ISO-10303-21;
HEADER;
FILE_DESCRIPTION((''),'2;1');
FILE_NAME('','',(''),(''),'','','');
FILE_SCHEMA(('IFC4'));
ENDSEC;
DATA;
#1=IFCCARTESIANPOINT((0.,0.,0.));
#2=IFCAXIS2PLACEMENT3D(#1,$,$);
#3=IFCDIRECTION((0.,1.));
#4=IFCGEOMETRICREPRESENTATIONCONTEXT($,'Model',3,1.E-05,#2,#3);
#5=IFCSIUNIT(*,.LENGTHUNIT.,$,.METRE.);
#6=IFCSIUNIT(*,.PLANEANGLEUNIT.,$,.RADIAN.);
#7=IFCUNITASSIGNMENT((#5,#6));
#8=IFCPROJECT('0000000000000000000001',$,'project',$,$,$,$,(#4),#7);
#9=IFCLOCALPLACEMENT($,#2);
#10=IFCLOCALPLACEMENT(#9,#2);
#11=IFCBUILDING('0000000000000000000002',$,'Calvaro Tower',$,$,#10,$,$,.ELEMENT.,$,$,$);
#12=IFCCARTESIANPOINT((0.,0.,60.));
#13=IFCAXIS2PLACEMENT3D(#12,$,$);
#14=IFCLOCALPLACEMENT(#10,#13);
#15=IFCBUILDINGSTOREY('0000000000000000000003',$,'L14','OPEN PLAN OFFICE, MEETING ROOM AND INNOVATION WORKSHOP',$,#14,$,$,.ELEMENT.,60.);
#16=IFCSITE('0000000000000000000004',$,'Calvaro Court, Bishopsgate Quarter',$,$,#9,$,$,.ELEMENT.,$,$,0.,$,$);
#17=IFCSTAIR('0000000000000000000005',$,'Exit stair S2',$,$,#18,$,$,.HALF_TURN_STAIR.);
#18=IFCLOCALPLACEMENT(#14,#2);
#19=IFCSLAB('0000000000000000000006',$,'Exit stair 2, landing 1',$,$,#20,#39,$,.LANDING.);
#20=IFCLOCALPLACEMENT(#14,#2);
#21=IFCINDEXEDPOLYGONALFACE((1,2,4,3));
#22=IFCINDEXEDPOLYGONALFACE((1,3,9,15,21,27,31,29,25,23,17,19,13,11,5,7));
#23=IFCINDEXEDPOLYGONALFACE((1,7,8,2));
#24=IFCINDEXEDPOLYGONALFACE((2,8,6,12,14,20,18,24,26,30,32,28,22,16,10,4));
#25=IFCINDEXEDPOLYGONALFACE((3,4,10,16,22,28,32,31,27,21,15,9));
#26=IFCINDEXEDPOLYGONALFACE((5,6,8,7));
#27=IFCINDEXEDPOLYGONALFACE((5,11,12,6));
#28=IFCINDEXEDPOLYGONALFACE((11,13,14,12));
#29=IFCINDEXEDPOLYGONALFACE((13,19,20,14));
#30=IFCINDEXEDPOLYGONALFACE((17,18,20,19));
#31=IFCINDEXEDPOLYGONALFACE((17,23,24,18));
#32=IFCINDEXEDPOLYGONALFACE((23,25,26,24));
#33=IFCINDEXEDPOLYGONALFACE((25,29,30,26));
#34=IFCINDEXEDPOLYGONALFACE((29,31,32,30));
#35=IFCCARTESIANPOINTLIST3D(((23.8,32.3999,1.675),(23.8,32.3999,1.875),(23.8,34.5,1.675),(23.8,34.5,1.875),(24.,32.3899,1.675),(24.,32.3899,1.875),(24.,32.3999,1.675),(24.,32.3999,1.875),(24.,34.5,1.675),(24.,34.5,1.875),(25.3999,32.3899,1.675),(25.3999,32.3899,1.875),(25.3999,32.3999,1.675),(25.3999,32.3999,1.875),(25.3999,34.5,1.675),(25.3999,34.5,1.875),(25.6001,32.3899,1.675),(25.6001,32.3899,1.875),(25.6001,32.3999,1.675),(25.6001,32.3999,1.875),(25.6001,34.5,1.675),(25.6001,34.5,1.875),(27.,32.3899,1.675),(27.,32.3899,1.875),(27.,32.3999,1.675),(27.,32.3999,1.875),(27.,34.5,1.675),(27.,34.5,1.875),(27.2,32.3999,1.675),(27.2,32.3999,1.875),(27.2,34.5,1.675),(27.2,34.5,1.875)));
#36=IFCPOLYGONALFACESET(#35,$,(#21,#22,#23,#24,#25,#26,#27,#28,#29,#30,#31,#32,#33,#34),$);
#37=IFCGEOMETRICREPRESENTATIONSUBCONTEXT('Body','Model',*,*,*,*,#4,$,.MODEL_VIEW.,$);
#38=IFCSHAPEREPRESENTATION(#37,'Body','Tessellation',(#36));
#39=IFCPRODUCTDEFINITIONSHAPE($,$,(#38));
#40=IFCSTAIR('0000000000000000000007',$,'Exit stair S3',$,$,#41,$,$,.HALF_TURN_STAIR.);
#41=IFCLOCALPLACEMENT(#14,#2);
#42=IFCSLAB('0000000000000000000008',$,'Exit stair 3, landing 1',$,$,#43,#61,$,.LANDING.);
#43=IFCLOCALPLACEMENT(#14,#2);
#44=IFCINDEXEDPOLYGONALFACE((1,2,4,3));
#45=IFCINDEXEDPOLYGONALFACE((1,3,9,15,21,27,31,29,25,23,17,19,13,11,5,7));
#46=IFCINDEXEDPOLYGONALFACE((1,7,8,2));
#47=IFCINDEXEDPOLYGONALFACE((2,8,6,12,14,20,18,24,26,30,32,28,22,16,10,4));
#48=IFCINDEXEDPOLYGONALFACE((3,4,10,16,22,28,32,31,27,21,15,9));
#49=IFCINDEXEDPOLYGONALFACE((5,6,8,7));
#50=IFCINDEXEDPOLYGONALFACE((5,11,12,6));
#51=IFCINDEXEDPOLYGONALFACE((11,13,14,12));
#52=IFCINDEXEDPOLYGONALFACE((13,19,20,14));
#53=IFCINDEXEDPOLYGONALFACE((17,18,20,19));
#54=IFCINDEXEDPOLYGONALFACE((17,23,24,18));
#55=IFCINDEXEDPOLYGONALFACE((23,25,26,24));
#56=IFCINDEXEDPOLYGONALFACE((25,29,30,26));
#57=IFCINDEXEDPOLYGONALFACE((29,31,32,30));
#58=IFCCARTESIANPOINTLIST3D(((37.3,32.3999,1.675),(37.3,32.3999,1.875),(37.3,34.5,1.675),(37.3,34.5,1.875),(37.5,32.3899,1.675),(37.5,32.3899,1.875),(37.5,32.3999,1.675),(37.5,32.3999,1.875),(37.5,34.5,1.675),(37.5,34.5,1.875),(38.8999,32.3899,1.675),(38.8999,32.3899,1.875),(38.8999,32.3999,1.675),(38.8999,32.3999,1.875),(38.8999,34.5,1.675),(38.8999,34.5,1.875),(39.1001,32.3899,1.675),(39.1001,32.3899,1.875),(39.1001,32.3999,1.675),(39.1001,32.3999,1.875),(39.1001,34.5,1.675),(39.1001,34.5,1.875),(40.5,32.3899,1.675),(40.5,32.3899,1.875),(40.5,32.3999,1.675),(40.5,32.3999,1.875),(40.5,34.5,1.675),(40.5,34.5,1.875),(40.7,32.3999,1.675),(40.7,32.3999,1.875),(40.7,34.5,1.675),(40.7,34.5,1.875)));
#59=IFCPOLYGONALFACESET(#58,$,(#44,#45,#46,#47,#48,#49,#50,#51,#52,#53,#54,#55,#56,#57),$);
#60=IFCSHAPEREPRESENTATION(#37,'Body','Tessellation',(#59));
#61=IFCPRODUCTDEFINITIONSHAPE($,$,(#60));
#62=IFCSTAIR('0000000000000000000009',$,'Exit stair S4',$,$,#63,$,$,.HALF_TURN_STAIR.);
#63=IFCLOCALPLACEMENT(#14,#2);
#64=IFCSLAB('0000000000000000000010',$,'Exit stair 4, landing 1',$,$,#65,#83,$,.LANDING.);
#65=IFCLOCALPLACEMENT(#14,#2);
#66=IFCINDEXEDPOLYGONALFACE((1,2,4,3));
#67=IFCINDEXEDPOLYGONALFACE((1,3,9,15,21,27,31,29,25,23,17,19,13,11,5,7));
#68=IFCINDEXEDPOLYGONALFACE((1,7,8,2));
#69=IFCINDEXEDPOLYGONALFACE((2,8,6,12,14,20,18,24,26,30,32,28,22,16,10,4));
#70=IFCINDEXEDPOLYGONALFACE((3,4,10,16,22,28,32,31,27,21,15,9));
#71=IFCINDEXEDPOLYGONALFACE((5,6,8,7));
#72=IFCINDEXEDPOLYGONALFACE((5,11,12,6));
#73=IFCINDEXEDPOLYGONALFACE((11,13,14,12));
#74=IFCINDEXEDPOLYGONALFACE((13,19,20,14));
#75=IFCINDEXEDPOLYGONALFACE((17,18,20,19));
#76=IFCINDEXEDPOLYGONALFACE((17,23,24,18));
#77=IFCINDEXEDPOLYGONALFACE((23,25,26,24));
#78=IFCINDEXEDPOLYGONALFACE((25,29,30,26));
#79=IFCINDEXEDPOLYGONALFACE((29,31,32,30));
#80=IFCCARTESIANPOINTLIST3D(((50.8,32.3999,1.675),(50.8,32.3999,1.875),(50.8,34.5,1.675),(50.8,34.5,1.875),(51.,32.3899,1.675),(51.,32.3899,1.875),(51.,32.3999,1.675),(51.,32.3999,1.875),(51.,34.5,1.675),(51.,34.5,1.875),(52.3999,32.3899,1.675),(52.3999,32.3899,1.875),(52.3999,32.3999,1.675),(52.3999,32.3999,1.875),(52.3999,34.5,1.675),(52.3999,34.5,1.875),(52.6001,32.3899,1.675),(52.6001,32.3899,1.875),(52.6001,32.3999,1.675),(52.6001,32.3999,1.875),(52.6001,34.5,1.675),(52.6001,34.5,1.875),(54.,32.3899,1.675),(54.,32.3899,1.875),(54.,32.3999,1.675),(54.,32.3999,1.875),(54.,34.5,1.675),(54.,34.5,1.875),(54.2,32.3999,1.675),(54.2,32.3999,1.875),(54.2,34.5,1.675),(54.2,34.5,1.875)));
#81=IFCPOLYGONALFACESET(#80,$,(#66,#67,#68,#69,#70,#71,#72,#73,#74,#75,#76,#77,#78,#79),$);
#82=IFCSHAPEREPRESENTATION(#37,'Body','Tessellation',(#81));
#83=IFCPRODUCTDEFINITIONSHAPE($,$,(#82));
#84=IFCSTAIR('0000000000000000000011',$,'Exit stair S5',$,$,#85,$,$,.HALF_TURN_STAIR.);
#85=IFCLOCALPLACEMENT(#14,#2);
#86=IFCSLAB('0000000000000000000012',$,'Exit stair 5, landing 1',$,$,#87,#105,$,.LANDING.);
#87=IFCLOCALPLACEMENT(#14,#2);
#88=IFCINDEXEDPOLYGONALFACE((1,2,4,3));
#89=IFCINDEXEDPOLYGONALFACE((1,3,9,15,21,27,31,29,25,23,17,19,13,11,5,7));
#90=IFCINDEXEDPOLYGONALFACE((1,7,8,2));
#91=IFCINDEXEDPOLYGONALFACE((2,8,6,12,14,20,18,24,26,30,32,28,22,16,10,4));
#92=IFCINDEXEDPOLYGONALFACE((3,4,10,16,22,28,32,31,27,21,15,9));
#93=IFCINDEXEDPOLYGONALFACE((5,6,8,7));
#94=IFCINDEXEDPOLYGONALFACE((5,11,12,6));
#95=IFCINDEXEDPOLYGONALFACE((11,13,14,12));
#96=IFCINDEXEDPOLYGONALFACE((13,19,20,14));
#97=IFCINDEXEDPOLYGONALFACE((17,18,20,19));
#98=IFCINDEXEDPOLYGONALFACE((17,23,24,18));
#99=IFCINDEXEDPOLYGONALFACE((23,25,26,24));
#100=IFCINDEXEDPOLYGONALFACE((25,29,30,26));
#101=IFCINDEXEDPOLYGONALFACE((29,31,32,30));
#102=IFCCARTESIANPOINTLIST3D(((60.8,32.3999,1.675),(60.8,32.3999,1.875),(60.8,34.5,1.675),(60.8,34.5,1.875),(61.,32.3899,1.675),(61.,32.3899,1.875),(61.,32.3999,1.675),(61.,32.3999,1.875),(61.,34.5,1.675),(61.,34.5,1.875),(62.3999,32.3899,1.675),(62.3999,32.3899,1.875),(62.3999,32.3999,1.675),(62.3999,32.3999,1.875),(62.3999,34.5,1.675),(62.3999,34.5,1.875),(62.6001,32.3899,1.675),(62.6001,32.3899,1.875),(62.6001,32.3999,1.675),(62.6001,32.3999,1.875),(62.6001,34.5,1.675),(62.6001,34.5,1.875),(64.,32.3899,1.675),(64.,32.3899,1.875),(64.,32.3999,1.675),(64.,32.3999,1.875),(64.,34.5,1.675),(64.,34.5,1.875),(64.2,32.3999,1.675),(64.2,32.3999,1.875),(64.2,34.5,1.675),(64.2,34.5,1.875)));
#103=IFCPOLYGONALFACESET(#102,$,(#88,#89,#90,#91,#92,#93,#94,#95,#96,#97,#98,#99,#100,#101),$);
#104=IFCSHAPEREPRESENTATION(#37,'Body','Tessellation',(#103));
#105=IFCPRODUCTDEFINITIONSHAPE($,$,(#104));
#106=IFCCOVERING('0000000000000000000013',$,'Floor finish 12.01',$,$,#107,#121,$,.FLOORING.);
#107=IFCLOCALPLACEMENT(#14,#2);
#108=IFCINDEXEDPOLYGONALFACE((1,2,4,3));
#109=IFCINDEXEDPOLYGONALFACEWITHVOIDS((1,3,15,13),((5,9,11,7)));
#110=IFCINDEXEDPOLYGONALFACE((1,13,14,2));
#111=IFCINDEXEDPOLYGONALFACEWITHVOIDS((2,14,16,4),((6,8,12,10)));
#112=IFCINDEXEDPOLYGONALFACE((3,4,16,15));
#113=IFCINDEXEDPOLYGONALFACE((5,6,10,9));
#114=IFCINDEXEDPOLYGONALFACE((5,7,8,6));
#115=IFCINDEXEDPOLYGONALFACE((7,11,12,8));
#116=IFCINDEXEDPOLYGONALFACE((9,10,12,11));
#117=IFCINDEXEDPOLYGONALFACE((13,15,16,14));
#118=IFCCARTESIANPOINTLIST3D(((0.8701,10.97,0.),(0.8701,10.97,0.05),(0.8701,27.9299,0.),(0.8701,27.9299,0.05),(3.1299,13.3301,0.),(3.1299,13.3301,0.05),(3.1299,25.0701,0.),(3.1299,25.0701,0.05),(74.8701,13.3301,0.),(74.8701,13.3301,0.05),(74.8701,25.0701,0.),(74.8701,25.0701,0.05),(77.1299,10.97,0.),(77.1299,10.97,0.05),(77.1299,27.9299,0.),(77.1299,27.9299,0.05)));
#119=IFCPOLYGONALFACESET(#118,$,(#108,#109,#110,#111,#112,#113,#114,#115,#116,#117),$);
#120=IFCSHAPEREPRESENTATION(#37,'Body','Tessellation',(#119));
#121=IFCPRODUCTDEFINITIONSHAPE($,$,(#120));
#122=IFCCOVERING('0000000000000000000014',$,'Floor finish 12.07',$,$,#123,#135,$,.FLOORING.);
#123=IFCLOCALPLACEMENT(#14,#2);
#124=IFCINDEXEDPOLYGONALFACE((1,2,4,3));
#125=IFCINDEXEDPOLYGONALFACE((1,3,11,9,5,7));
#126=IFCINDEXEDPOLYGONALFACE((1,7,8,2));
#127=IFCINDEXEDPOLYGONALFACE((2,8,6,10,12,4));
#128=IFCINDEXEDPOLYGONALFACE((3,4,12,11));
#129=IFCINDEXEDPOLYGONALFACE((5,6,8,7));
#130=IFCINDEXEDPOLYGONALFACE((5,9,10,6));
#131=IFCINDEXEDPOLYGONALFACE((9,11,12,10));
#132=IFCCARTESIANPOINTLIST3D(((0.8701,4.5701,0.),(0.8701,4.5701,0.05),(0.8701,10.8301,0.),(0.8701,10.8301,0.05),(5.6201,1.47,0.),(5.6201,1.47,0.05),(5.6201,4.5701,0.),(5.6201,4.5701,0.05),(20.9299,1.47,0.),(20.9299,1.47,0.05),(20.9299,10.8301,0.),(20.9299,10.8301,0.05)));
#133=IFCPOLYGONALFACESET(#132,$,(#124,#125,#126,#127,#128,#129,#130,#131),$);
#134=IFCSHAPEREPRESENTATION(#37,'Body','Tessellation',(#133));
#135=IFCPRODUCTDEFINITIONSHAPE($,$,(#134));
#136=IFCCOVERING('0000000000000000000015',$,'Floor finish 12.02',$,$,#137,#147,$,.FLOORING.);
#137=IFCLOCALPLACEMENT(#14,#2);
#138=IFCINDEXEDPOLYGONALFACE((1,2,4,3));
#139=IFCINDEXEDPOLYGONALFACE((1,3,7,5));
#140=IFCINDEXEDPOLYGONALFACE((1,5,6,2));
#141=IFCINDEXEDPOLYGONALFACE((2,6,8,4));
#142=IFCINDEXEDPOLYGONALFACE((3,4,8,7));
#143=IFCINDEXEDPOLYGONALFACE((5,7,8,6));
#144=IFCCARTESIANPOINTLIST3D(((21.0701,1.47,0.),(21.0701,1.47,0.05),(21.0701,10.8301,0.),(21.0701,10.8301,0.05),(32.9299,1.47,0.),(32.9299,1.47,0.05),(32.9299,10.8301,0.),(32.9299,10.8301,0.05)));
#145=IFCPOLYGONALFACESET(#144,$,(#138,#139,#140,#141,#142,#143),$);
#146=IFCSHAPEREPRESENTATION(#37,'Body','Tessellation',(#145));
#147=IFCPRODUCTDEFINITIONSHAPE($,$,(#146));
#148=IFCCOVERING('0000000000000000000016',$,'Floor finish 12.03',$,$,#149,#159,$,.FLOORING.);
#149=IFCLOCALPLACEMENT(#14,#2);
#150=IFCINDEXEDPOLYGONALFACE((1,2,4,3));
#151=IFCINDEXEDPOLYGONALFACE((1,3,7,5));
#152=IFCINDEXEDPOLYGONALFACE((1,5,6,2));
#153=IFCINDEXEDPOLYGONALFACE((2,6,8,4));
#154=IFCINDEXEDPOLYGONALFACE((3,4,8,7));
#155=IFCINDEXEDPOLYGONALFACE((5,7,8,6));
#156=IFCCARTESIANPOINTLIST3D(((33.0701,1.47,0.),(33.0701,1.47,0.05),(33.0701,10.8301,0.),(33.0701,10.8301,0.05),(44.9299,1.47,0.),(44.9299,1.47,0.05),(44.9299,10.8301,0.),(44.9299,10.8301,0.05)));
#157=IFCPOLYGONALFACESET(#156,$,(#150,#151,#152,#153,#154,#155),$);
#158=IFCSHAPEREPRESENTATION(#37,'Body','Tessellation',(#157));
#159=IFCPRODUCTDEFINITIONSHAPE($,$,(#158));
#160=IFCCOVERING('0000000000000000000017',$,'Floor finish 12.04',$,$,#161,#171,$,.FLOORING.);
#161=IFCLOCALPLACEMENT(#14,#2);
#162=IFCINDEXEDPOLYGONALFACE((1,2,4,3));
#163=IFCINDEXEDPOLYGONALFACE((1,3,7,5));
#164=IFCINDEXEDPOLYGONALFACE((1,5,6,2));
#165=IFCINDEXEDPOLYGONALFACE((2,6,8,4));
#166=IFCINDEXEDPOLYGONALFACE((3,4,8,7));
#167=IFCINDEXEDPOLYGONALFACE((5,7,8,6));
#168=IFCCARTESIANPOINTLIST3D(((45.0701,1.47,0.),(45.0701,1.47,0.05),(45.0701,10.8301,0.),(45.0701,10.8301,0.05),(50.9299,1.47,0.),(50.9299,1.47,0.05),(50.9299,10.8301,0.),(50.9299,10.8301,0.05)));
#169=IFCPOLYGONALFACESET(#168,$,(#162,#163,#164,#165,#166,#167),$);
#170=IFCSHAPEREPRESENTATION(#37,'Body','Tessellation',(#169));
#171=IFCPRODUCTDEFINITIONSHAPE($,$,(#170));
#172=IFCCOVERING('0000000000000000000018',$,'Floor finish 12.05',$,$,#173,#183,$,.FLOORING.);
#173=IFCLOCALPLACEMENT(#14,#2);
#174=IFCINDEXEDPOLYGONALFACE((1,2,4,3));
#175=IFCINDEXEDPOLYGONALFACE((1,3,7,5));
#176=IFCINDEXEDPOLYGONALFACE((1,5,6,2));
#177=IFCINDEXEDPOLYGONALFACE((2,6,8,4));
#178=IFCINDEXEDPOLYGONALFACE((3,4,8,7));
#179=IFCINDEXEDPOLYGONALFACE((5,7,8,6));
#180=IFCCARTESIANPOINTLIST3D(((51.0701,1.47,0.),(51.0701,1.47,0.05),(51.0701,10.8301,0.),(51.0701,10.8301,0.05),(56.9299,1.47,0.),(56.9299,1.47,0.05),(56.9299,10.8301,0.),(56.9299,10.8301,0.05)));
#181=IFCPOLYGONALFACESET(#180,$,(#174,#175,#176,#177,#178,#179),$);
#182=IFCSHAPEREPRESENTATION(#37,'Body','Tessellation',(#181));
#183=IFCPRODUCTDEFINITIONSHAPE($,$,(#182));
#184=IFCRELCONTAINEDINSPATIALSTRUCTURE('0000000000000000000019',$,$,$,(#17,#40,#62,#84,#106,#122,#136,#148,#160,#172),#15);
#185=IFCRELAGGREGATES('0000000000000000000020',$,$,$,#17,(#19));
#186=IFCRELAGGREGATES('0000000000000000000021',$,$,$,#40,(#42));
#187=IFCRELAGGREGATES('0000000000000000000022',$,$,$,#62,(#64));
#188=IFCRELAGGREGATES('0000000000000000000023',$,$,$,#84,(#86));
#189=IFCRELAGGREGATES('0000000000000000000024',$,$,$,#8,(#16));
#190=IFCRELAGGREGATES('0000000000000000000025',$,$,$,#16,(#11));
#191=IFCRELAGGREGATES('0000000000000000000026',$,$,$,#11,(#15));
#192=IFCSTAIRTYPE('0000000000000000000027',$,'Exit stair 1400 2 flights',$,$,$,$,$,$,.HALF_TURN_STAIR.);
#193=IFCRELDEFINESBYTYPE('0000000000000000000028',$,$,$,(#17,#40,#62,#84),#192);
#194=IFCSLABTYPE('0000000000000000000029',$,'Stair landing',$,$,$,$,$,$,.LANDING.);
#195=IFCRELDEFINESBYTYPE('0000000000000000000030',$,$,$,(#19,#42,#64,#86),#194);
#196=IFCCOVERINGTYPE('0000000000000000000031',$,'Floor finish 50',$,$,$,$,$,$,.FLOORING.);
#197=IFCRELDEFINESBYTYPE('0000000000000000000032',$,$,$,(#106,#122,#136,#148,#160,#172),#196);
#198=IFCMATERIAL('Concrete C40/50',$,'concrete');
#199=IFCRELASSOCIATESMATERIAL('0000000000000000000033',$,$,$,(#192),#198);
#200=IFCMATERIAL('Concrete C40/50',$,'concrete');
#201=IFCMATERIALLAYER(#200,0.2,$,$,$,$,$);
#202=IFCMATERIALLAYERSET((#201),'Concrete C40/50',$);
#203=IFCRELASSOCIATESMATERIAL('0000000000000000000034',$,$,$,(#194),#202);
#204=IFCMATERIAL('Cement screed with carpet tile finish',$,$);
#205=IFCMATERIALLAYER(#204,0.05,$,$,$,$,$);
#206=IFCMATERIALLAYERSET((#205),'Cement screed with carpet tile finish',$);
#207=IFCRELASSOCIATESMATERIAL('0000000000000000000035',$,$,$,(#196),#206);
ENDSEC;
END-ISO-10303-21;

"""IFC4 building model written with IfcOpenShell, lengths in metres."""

from ifc_helpers import new_model, si_unit, direction, frame, origin, place, context, subcontext, project, spatial, polyline, outline, extrude, material, layer, layer_set, type_object, element, aggregate, save


model = new_model("IFC4")

# Units and contexts
model_context = context("Model", 3, precision=1e-05, world=origin(), true_north=direction((0.0, 1.0)))
body_context = subcontext(model_context, "Body", "Model", "MODEL_VIEW")
ifc_project = project(units=[si_unit("LENGTHUNIT", "METRE"), si_unit("PLANEANGLEUNIT", "RADIAN")], contexts=[model_context])

# Site, building, storey
site_placement = place(None, origin())
site = spatial("IfcSite", under=ifc_project, at=site_placement, Name="Calvaro Court, Bishopsgate Quarter", CompositionType="ELEMENT", RefElevation=0.0)
building_placement = place(site_placement, origin())
building = spatial("IfcBuilding", under=site, at=building_placement, Name="Calvaro Tower", CompositionType="ELEMENT")
storey_placement = place(building_placement, frame((0.0, 0.0, 60.0)))
storey = spatial("IfcBuildingStorey", under=building, at=storey_placement, Name="L14", Description="OPEN PLAN OFFICE, MEETING ROOM AND INNOVATION WORKSHOP", CompositionType="ELEMENT", Elevation=60.0)

# Stairs, slabs
ifc_material_1 = material(Name="Concrete C40/50", Category="concrete")
stair_type = type_object("IfcStairType", Name="Exit stair 1400 2 flights", PredefinedType="HALF_TURN_STAIR", material=ifc_material_1)
ifc_material_2 = material(Name="Concrete C40/50", Category="concrete")
ifc_layer_1 = layer(ifc_material_2, 0.2)
ifc_layer_set_1 = layer_set([ifc_layer_1], Name="Concrete C40/50")
slab_type_1 = type_object("IfcSlabType", Name="Stair landing", PredefinedType="LANDING", material=ifc_layer_set_1)
stair_1_placement = place(storey_placement, origin())
stair_1 = element("IfcStair", 1, at=stair_1_placement, inside=storey, type_object=stair_type, Name="Exit stair S2", PredefinedType="HALF_TURN_STAIR")
slab_1_placement = place(storey_placement, frame((0.0, 0.0, 1.675)))
slab_1 = element("IfcSlab", 2, at=slab_1_placement, type_object=slab_type_1, Name="Exit stair 2, landing 1", PredefinedType="LANDING", context=body_context, shape_type="SweptSolid", body=[
    extrude(outline(polyline([(25.3999, 32.3899), (24.0, 32.3899), (24.0, 32.3999), (23.8, 32.3999), (23.8, 34.5), (24.0, 34.5), (25.3999, 34.5), (25.6001, 34.5), (27.0, 34.5), (27.2, 34.5), (27.2, 32.3999), (27.0, 32.3999), (27.0, 32.3899), (25.6001, 32.3899), (25.6001, 32.3999), (25.3999, 32.3999), (25.3999, 32.3899)])), origin(), (0.0, 0.0, 1.0), 0.2),
])
aggregate(stair_1, [slab_1])
stair_2_placement = place(storey_placement, origin())
stair_2 = element("IfcStair", 3, at=stair_2_placement, inside=storey, type_object=stair_type, Name="Exit stair S3", PredefinedType="HALF_TURN_STAIR")
slab_2_placement = place(storey_placement, frame((0.0, 0.0, 1.675)))
slab_2 = element("IfcSlab", 4, at=slab_2_placement, type_object=slab_type_1, Name="Exit stair 3, landing 1", PredefinedType="LANDING", context=body_context, shape_type="SweptSolid", body=[
    extrude(outline(polyline([(38.8999, 32.3899), (37.5, 32.3899), (37.5, 32.3999), (37.3, 32.3999), (37.3, 34.5), (37.5, 34.5), (38.8999, 34.5), (39.1001, 34.5), (40.5, 34.5), (40.7, 34.5), (40.7, 32.3999), (40.5, 32.3999), (40.5, 32.3899), (39.1001, 32.3899), (39.1001, 32.3999), (38.8999, 32.3999), (38.8999, 32.3899)])), origin(), (0.0, 0.0, 1.0), 0.2),
])
aggregate(stair_2, [slab_2])
stair_3_placement = place(storey_placement, origin())
stair_3 = element("IfcStair", 5, at=stair_3_placement, inside=storey, type_object=stair_type, Name="Exit stair S4", PredefinedType="HALF_TURN_STAIR")
slab_3_placement = place(storey_placement, frame((0.0, 0.0, 1.675)))
slab_3 = element("IfcSlab", 6, at=slab_3_placement, type_object=slab_type_1, Name="Exit stair 4, landing 1", PredefinedType="LANDING", context=body_context, shape_type="SweptSolid", body=[
    extrude(outline(polyline([(52.3999, 32.3899), (51.0, 32.3899), (51.0, 32.3999), (50.8, 32.3999), (50.8, 34.5), (51.0, 34.5), (52.3999, 34.5), (52.6001, 34.5), (54.0, 34.5), (54.2, 34.5), (54.2, 32.3999), (54.0, 32.3999), (54.0, 32.3899), (52.6001, 32.3899), (52.6001, 32.3999), (52.3999, 32.3999), (52.3999, 32.3899)])), origin(), (0.0, 0.0, 1.0), 0.2),
])
aggregate(stair_3, [slab_3])
stair_4_placement = place(storey_placement, origin())
stair_4 = element("IfcStair", 7, at=stair_4_placement, inside=storey, type_object=stair_type, Name="Exit stair S5", PredefinedType="HALF_TURN_STAIR")
slab_4_placement = place(storey_placement, frame((0.0, 0.0, 1.675)))
slab_4 = element("IfcSlab", 8, at=slab_4_placement, type_object=slab_type_1, Name="Exit stair 5, landing 1", PredefinedType="LANDING", context=body_context, shape_type="SweptSolid", body=[
    extrude(outline(polyline([(62.3999, 32.3899), (61.0, 32.3899), (61.0, 32.3999), (60.8, 32.3999), (60.8, 34.5), (61.0, 34.5), (62.3999, 34.5), (62.6001, 34.5), (64.0, 34.5), (64.2, 34.5), (64.2, 32.3999), (64.0, 32.3999), (64.0, 32.3899), (62.6001, 32.3899), (62.6001, 32.3999), (62.3999, 32.3999), (62.3999, 32.3899)])), origin(), (0.0, 0.0, 1.0), 0.2),
])
aggregate(stair_4, [slab_4])

# Coverings
ifc_material_3 = material(Name="Cement screed with carpet tile finish")
ifc_layer_2 = layer(ifc_material_3, 0.05)
ifc_layer_set_2 = layer_set([ifc_layer_2], Name="Cement screed with carpet tile finish")
covering_type = type_object("IfcCoveringType", Name="Floor finish 50", PredefinedType="FLOORING", material=ifc_layer_set_2)
covering_1_placement = place(storey_placement, origin())
element("IfcCovering", 9, at=covering_1_placement, inside=storey, type_object=covering_type, Name="Floor finish 12.01", PredefinedType="FLOORING", context=body_context, shape_type="SweptSolid", body=[
    extrude(outline(polyline([(0.8701, 10.97), (0.8701, 27.9299), (77.1299, 27.9299), (77.1299, 10.97), (0.8701, 10.97)]), holes=[polyline([(74.8701, 13.3301), (74.8701, 25.0701), (3.1299, 25.0701), (3.1299, 13.3301), (74.8701, 13.3301)])]), origin(), (0.0, 0.0, 1.0), 0.05),
])
covering_2_placement = place(storey_placement, origin())
element("IfcCovering", 10, at=covering_2_placement, inside=storey, type_object=covering_type, Name="Floor finish 12.07", PredefinedType="FLOORING", context=body_context, shape_type="SweptSolid", body=[
    extrude(outline(polyline([(20.9299, 10.8301), (20.9299, 1.47), (5.6201, 1.47), (5.6201, 4.5701), (0.8701, 4.5701), (0.8701, 10.8301), (20.9299, 10.8301)])), origin(), (0.0, 0.0, 1.0), 0.05),
])
covering_3_placement = place(storey_placement, origin())
element("IfcCovering", 11, at=covering_3_placement, inside=storey, type_object=covering_type, Name="Floor finish 12.02", PredefinedType="FLOORING", context=body_context, shape_type="SweptSolid", body=[
    extrude(outline(polyline([(21.0701, 10.8301), (32.9299, 10.8301), (32.9299, 1.47), (21.0701, 1.47), (21.0701, 10.8301)])), origin(), (0.0, 0.0, 1.0), 0.05),
])
covering_4_placement = place(storey_placement, origin())
element("IfcCovering", 12, at=covering_4_placement, inside=storey, type_object=covering_type, Name="Floor finish 12.03", PredefinedType="FLOORING", context=body_context, shape_type="SweptSolid", body=[
    extrude(outline(polyline([(33.0701, 10.8301), (44.9299, 10.8301), (44.9299, 1.47), (33.0701, 1.47), (33.0701, 10.8301)])), origin(), (0.0, 0.0, 1.0), 0.05),
])
covering_5_placement = place(storey_placement, origin())
element("IfcCovering", 13, at=covering_5_placement, inside=storey, type_object=covering_type, Name="Floor finish 12.04", PredefinedType="FLOORING", context=body_context, shape_type="SweptSolid", body=[
    extrude(outline(polyline([(45.0701, 10.8301), (50.9299, 10.8301), (50.9299, 1.47), (45.0701, 1.47), (45.0701, 10.8301)])), origin(), (0.0, 0.0, 1.0), 0.05),
])
covering_6_placement = place(storey_placement, origin())
element("IfcCovering", 14, at=covering_6_placement, inside=storey, type_object=covering_type, Name="Floor finish 12.05", PredefinedType="FLOORING", context=body_context, shape_type="SweptSolid", body=[
    extrude(outline(polyline([(51.0701, 10.8301), (56.9299, 10.8301), (56.9299, 1.47), (51.0701, 1.47), (51.0701, 10.8301)])), origin(), (0.0, 0.0, 1.0), 0.05),
])

save(model, "model.ifc")
